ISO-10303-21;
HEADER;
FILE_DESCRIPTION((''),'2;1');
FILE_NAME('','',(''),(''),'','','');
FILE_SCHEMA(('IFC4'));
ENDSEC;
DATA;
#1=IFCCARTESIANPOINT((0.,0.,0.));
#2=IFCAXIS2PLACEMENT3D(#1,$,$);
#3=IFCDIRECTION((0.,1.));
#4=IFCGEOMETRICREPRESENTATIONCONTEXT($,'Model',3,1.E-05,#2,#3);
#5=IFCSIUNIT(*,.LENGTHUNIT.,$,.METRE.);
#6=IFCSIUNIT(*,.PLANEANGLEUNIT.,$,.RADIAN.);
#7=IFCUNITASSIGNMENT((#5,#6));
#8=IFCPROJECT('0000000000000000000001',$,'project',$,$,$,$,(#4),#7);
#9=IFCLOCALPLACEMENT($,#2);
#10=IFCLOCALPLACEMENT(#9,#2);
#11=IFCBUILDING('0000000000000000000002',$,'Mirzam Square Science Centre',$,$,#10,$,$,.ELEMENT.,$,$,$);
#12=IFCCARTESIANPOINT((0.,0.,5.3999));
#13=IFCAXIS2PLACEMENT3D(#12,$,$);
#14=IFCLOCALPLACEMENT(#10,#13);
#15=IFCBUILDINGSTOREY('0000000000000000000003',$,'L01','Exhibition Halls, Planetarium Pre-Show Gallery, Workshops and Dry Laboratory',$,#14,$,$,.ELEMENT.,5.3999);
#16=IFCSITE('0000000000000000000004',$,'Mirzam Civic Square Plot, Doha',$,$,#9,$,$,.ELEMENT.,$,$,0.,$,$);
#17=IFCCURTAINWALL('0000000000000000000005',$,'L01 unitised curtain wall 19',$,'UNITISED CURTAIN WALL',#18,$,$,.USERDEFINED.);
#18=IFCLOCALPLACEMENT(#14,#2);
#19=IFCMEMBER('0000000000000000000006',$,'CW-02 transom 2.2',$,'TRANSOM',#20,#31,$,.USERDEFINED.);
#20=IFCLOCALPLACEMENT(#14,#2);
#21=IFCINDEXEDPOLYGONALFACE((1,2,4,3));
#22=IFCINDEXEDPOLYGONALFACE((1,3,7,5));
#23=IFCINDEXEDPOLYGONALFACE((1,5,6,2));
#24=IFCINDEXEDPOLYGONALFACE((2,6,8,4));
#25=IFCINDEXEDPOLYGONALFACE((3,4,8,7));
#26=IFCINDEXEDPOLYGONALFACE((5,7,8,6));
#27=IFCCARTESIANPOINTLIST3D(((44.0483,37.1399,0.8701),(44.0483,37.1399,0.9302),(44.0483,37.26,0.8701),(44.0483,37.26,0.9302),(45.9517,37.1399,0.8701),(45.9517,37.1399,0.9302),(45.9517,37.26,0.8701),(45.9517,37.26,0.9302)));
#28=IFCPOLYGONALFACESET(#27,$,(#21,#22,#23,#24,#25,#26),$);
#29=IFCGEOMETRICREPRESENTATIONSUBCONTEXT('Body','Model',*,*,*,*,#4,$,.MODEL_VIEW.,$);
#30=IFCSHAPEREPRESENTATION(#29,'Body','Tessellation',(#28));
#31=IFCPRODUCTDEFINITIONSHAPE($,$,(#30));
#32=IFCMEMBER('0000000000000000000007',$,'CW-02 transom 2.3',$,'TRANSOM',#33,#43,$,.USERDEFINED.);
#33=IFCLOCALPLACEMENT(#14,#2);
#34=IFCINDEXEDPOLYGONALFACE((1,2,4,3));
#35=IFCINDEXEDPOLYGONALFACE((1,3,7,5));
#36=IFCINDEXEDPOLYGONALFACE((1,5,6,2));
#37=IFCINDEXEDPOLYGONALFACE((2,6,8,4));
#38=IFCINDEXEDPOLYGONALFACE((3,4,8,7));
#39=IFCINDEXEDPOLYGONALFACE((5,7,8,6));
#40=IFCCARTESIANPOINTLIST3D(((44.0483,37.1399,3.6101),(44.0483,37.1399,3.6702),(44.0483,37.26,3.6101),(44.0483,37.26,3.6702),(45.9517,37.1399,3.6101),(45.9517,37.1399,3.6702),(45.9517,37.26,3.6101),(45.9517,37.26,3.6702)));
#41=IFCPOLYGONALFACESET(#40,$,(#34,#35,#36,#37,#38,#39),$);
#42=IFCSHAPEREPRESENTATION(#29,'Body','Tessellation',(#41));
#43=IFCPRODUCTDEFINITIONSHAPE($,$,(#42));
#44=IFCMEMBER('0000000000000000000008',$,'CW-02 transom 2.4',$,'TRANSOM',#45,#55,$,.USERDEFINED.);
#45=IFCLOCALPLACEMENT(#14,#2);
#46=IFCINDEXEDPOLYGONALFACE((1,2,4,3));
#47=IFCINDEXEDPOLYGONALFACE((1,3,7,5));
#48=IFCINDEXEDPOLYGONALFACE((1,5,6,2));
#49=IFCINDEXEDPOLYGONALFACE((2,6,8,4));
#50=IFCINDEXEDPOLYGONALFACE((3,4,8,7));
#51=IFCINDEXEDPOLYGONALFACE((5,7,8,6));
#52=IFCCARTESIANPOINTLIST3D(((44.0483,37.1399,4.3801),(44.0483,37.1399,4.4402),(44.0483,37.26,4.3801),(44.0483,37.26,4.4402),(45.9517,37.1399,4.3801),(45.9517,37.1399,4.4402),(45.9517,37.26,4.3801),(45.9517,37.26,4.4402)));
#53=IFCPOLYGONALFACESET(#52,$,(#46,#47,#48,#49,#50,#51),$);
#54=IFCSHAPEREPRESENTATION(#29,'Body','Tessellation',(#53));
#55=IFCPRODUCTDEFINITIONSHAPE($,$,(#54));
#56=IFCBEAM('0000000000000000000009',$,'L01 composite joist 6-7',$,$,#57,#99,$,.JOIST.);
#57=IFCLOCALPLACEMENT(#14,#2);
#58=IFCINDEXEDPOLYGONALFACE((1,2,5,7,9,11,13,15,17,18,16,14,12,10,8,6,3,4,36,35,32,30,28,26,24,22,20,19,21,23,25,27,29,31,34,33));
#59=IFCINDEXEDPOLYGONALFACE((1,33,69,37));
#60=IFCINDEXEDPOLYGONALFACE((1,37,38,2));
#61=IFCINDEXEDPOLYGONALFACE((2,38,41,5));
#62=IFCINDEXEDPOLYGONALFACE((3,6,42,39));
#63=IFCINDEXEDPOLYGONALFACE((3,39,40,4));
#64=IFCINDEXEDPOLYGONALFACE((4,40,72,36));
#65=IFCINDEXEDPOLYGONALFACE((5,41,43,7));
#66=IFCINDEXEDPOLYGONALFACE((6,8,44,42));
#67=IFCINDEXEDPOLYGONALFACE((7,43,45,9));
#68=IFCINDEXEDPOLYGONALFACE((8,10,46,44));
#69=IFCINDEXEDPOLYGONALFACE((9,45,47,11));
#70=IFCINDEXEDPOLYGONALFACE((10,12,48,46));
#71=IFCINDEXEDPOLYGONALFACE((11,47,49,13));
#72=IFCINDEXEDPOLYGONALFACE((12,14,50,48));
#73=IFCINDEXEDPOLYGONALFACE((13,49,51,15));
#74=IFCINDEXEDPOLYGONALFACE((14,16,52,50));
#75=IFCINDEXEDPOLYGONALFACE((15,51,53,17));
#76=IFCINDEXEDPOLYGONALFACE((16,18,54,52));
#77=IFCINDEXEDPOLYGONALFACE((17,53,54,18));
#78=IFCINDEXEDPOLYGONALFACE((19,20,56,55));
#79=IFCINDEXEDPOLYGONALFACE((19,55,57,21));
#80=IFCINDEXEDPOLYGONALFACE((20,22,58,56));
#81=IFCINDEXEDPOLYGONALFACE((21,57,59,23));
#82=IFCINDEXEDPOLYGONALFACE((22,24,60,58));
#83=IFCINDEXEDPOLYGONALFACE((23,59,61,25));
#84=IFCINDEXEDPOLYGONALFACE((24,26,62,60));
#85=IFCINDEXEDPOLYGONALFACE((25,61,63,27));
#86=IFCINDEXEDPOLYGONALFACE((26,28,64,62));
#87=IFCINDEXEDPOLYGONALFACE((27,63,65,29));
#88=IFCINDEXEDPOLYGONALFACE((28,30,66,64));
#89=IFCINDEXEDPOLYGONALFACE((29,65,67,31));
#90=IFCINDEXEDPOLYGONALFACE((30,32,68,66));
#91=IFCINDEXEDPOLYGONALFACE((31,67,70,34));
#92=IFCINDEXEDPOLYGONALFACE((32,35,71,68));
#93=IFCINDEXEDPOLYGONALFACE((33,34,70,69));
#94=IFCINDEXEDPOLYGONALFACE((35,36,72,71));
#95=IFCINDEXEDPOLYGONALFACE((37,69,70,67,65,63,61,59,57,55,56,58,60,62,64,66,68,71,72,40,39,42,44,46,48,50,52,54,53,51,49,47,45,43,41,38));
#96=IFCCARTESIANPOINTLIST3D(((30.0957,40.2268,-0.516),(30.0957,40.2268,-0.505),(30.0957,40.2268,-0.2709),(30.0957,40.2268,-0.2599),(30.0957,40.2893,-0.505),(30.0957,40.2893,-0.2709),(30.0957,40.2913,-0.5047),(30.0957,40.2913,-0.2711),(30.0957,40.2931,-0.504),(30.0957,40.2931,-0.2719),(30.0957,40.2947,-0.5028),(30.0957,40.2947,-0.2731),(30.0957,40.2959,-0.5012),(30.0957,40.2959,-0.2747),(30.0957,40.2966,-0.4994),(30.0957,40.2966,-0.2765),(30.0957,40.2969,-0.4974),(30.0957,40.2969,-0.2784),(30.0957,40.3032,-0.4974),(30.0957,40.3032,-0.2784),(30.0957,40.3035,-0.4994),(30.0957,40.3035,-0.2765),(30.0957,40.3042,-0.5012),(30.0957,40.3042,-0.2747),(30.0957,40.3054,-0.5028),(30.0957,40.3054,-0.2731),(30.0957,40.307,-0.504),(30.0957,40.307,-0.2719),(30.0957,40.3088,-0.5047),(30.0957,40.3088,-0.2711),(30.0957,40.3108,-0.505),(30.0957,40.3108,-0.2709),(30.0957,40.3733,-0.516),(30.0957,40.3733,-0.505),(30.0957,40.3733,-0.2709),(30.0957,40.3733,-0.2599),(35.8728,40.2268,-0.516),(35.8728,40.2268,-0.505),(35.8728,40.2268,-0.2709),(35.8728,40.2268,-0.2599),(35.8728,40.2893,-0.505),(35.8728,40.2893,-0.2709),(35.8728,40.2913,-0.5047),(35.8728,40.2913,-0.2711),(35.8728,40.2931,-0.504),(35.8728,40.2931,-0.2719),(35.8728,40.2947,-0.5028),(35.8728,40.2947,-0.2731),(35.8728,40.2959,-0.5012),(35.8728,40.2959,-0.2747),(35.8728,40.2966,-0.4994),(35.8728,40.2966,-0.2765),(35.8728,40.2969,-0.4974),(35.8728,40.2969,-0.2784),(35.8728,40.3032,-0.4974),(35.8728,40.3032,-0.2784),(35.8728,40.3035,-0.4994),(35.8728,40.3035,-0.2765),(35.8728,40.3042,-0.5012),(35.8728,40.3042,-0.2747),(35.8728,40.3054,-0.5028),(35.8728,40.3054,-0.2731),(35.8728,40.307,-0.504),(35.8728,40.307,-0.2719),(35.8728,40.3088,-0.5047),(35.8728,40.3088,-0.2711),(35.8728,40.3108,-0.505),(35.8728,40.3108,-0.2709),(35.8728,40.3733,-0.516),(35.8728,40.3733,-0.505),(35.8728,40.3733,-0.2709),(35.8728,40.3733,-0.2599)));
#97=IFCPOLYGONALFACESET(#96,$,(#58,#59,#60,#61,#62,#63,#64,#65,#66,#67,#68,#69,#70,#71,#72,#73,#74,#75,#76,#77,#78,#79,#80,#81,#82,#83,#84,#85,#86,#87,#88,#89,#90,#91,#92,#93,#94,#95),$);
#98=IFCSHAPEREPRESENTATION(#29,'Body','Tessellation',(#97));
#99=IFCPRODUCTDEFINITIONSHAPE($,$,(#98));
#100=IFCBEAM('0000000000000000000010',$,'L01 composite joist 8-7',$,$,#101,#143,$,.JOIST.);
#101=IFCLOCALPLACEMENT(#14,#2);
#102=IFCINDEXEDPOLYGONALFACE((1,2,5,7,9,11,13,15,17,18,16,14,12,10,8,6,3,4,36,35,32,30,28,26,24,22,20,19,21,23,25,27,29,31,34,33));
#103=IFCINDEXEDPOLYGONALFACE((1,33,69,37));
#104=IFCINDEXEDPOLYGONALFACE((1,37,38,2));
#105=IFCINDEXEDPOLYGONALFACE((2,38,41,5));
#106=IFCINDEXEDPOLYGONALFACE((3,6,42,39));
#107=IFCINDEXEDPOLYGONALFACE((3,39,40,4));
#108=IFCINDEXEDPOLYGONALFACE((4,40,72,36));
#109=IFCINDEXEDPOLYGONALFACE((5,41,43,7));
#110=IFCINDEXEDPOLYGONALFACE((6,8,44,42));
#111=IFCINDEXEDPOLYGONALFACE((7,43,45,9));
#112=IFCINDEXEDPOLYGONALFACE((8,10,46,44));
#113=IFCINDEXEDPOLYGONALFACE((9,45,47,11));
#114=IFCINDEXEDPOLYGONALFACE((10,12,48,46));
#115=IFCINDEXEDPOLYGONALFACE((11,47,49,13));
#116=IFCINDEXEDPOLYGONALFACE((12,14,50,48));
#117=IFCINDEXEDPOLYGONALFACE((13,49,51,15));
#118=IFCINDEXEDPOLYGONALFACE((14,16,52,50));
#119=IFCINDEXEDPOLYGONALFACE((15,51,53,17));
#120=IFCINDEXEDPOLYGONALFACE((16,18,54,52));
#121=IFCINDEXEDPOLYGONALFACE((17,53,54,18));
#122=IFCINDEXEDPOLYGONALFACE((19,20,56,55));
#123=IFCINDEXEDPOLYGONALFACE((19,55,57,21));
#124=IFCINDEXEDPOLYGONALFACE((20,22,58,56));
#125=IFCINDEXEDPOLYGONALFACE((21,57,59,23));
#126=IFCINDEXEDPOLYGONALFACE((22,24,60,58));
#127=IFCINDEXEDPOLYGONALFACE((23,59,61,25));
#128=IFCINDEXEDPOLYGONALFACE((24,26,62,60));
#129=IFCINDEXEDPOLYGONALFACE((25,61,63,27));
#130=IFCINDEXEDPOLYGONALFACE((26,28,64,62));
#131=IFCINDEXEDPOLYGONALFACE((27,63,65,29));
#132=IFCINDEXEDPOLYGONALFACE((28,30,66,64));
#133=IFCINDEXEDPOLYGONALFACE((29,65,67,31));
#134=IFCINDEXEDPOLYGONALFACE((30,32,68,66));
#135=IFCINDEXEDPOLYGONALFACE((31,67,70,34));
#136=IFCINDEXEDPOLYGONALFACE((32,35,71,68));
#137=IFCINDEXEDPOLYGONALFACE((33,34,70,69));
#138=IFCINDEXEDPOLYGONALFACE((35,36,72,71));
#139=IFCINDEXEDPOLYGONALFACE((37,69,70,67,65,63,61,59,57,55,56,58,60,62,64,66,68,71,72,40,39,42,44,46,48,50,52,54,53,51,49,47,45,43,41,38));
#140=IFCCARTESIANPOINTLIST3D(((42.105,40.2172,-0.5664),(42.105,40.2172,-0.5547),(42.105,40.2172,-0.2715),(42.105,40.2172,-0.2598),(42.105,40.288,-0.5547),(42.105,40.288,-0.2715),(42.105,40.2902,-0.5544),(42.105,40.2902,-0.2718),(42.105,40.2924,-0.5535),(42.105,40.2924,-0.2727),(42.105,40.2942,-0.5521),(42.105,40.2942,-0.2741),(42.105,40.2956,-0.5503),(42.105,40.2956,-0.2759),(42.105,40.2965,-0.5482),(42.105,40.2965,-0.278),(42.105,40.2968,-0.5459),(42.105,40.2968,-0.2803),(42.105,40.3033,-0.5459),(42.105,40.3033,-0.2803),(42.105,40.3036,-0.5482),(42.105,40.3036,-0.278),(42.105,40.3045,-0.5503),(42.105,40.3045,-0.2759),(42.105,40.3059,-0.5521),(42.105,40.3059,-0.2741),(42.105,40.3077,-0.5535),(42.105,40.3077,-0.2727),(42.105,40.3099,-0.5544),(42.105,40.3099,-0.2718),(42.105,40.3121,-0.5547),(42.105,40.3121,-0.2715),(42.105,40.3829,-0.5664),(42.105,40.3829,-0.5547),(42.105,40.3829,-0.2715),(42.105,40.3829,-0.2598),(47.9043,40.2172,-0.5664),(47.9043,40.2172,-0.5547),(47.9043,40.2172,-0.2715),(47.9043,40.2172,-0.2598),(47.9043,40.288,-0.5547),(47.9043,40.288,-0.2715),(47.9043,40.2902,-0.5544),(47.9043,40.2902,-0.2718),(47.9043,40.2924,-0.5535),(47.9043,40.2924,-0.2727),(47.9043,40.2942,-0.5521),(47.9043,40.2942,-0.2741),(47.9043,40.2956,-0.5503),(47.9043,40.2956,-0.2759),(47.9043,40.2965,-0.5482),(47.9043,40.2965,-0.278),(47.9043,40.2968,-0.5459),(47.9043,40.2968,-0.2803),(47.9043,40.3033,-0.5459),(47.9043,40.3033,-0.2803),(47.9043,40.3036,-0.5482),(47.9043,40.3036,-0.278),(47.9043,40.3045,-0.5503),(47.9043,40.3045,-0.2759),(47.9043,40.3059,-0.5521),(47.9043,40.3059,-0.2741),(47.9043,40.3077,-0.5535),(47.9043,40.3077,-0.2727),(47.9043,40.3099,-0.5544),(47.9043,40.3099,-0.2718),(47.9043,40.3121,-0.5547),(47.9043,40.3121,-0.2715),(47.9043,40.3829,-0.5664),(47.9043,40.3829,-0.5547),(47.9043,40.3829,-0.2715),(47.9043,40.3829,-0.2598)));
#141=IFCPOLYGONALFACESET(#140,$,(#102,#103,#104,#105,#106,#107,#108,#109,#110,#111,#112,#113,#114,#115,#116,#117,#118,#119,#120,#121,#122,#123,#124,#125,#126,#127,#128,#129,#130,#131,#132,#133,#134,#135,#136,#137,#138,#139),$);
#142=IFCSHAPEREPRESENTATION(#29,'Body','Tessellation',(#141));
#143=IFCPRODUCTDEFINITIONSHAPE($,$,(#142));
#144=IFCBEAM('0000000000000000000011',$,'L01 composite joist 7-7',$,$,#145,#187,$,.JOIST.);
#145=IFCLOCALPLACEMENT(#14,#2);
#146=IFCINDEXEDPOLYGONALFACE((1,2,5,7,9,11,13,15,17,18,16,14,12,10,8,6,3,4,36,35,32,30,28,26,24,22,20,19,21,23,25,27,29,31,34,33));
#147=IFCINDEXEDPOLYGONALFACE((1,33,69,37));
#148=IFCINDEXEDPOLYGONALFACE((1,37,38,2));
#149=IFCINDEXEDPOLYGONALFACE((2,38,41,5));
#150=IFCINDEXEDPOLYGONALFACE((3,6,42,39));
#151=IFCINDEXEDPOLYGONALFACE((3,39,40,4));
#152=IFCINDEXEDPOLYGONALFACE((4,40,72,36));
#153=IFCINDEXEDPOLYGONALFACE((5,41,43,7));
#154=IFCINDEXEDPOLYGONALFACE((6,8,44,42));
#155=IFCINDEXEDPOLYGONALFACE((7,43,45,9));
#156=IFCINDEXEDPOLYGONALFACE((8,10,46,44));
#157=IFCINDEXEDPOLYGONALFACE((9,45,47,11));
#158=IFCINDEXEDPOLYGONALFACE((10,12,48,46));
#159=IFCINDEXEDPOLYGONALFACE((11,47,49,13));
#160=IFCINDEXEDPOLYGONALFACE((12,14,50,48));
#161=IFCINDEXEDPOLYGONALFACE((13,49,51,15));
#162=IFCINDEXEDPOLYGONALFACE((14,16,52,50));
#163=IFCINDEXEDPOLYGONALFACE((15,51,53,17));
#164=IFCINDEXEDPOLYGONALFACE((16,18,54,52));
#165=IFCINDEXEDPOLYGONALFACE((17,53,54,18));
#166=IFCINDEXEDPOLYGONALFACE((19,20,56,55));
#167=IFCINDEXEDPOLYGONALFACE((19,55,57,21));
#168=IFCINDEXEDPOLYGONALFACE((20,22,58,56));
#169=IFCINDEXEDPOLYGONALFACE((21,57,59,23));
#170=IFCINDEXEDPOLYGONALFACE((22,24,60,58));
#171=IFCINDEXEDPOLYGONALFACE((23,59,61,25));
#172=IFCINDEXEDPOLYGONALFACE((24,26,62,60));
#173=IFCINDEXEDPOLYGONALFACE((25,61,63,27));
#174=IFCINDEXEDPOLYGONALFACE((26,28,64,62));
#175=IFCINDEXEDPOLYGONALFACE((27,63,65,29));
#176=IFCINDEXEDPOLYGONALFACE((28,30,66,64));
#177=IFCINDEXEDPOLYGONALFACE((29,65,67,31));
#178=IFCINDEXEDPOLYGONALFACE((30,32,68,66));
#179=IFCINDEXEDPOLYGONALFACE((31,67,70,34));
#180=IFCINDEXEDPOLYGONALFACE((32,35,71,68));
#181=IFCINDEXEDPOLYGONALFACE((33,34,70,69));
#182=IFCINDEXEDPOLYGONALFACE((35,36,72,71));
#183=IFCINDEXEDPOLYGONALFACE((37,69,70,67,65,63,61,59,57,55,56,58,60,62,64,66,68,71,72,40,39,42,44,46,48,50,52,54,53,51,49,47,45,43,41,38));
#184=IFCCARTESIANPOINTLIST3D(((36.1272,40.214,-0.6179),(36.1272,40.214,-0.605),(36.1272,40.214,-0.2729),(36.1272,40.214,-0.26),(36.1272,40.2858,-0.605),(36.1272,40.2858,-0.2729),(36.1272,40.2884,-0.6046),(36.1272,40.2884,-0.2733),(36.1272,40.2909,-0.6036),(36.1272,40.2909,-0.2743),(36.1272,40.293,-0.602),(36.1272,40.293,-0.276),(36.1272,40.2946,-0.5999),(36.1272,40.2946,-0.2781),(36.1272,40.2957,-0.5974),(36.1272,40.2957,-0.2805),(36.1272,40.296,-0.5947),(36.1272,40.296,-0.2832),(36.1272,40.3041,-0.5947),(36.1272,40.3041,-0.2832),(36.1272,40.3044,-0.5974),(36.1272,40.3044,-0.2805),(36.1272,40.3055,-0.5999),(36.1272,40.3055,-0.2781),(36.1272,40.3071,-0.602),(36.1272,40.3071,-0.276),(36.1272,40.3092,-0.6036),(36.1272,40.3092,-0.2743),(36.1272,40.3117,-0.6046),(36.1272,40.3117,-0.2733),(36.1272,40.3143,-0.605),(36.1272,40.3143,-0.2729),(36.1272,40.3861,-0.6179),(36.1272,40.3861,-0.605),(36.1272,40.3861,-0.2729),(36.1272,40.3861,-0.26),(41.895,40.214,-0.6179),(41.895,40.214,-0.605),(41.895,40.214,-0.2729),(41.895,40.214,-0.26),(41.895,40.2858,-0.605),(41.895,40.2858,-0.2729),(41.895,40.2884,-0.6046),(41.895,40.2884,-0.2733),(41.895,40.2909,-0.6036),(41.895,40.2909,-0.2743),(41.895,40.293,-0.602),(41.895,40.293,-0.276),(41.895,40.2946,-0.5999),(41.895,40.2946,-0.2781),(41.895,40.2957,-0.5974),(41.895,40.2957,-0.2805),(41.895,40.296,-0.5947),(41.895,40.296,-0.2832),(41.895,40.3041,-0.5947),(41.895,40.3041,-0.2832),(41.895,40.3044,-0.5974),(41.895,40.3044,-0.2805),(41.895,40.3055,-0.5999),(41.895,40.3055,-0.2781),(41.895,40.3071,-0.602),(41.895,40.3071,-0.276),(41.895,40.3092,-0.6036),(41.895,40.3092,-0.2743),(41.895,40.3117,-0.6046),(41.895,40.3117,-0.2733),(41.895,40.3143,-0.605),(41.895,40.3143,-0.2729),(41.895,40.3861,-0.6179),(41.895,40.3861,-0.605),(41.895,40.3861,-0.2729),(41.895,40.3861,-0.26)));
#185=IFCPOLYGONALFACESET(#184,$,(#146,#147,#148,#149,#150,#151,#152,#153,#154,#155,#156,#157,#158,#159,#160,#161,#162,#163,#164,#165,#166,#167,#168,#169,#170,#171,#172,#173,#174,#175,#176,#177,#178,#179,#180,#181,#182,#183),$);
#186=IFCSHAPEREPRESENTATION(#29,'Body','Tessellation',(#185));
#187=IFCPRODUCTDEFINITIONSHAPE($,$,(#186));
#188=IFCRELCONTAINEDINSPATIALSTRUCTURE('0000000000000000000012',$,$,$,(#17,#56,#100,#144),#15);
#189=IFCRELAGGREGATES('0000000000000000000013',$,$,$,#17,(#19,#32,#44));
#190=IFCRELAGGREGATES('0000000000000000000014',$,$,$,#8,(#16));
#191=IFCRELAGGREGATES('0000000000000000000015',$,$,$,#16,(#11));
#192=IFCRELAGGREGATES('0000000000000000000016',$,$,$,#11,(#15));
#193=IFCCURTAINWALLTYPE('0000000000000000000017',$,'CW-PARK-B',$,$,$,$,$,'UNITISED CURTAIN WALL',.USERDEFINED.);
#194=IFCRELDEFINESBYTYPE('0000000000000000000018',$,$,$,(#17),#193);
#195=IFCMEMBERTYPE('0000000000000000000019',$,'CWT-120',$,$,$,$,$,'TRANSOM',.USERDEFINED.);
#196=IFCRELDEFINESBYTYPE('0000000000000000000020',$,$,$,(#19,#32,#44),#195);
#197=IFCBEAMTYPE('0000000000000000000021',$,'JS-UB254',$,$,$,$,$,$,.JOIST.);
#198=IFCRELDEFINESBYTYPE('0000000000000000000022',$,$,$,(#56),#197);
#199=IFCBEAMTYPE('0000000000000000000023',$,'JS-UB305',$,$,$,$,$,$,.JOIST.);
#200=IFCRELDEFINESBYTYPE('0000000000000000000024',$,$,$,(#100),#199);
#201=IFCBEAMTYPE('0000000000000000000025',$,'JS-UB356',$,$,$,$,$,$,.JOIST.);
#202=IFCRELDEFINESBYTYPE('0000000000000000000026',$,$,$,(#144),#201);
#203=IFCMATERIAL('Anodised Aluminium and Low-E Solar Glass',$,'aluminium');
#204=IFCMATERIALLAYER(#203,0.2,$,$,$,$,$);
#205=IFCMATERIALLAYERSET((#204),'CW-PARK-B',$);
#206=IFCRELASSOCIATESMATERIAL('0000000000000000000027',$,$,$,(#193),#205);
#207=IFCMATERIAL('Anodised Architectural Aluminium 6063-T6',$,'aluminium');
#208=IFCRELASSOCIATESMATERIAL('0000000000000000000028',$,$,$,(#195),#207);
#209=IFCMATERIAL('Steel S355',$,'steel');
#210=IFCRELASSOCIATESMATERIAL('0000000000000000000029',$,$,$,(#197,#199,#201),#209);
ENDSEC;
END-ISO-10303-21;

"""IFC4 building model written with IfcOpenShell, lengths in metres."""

from ifc_helpers import new_model, si_unit, direction, frame, origin, origin_2d, place, context, subcontext, project, spatial, rectangle, i_section, extrude, material, layer, layer_set, material_profile, profile_set, type_object, element, aggregate, save


model = new_model("IFC4")

# Units and contexts
model_context = context("Model", 3, precision=1e-05, world=origin(), true_north=direction((0.0, 1.0)))
body_context = subcontext(model_context, "Body", "Model", "MODEL_VIEW")
ifc_project = project(units=[si_unit("LENGTHUNIT", "METRE"), si_unit("PLANEANGLEUNIT", "RADIAN")], contexts=[model_context])

# Site, building, storey
site_placement = place(None, origin())
site = spatial("IfcSite", under=ifc_project, at=site_placement, Name="Mirzam Civic Square Plot, Doha", CompositionType="ELEMENT", RefElevation=0.0)
building_placement = place(site_placement, origin())
building = spatial("IfcBuilding", under=site, at=building_placement, Name="Mirzam Square Science Centre", CompositionType="ELEMENT")
storey_placement = place(building_placement, frame((0.0, 0.0, 5.3999)))
storey = spatial("IfcBuildingStorey", under=building, at=storey_placement, Name="L01", Description="Exhibition Halls, Planetarium Pre-Show Gallery, Workshops and Dry Laboratory", CompositionType="ELEMENT", Elevation=5.3999)

# Shared definitions
ifc_material_1 = material(Name="Steel S355", Category="steel")

# Curtain wall, members
ifc_material_2 = material(Name="Anodised Aluminium and Low-E Solar Glass", Category="aluminium")
ifc_layer_1 = layer(ifc_material_2, 0.2)
ifc_layer_set_1 = layer_set([ifc_layer_1], Name="CW-PARK-B")
curtain_wall_type = type_object("IfcCurtainWallType", Name="CW-PARK-B", ElementType="UNITISED CURTAIN WALL", PredefinedType="USERDEFINED", material=ifc_layer_set_1)
curtain_wall_placement = place(storey_placement, origin())
curtain_wall = element("IfcCurtainWall", 1, at=curtain_wall_placement, inside=storey, type_object=curtain_wall_type, Name="L01 unitised curtain wall 19", ObjectType="UNITISED CURTAIN WALL", PredefinedType="USERDEFINED")
ifc_material_3 = material(Name="Anodised Architectural Aluminium 6063-T6", Category="aluminium")
ifc_material_profile_1 = material_profile(ifc_material_3, rectangle(XDim=0.1201, YDim=0.0601, at=origin_2d()), Name="ALU-TRAN-120x60x4")
ifc_profile_set_1 = profile_set([ifc_material_profile_1], Name="Anodised Architectural Aluminium 6063-T6")
member_type_1 = type_object("IfcMemberType", Name="CWT-120", ElementType="TRANSOM", PredefinedType="USERDEFINED", material=ifc_profile_set_1)
member_1_placement = place(storey_placement, frame((44.0483, 37.2, 0.9001), z_axis=(1.0, 0.0, 0.0), x_axis=(0.0, 1.0, 0.0)))
member_1 = element("IfcMember", 2, at=member_1_placement, type_object=member_type_1, Name="CW-02 transom 2.2", ObjectType="TRANSOM", PredefinedType="USERDEFINED", context=body_context, shape_type="SweptSolid", body=[
    extrude(rectangle(XDim=0.1201, YDim=0.0601, at=origin_2d()), origin(), (0.0, 0.0, 1.0), 1.9033),
])
member_2_placement = place(storey_placement, frame((44.0483, 37.2, 3.6401), z_axis=(1.0, 0.0, 0.0), x_axis=(0.0, 1.0, 0.0)))
member_2 = element("IfcMember", 3, at=member_2_placement, type_object=member_type_1, Name="CW-02 transom 2.3", ObjectType="TRANSOM", PredefinedType="USERDEFINED", context=body_context, shape_type="SweptSolid", body=[
    extrude(rectangle(XDim=0.1201, YDim=0.0601, at=origin_2d()), origin(), (0.0, 0.0, 1.0), 1.9033),
])
member_3_placement = place(storey_placement, frame((44.0483, 37.2, 4.4102), z_axis=(1.0, 0.0, 0.0), x_axis=(0.0, 1.0, 0.0)))
member_3 = element("IfcMember", 4, at=member_3_placement, type_object=member_type_1, Name="CW-02 transom 2.4", ObjectType="TRANSOM", PredefinedType="USERDEFINED", context=body_context, shape_type="SweptSolid", body=[
    extrude(rectangle(XDim=0.1201, YDim=0.0601, at=origin_2d()), origin(), (0.0, 0.0, 1.0), 1.9033),
])

# Beams
ifc_material_profile_2 = material_profile(ifc_material_1, i_section(OverallWidth=0.1465, OverallDepth=0.2561, WebThickness=0.0063, FlangeThickness=0.011, FilletRadius=0.0076, at=origin_2d()), Name="254x146x37UB")
ifc_profile_set_2 = profile_set([ifc_material_profile_2], Name="Steel S355")
beam_type_1 = type_object("IfcBeamType", Name="JS-UB254", PredefinedType="JOIST", material=ifc_profile_set_2)
beam_1_placement = place(storey_placement, frame((30.0957, 40.3, -0.3879), z_axis=(1.0, 0.0, 0.0), x_axis=(0.0, 1.0, 0.0)))
element("IfcBeam", 5, at=beam_1_placement, inside=storey, type_object=beam_type_1, Name="L01 composite joist 6-7", PredefinedType="JOIST", context=body_context, shape_type="SweptSolid", body=[
    extrude(i_section(OverallWidth=0.1465, OverallDepth=0.2561, WebThickness=0.0063, FlangeThickness=0.011, FilletRadius=0.0076, at=origin_2d()), origin(), (0.0, 0.0, 1.0), 5.7771),
])
ifc_material_profile_3 = material_profile(ifc_material_1, i_section(OverallWidth=0.1658, OverallDepth=0.3066, WebThickness=0.0066, FlangeThickness=0.0117, FilletRadius=0.0088, at=origin_2d()), Name="305x165x46UB")
ifc_profile_set_3 = profile_set([ifc_material_profile_3], Name="Steel S355")
beam_type_2 = type_object("IfcBeamType", Name="JS-UB305", PredefinedType="JOIST", material=ifc_profile_set_3)
beam_2_placement = place(storey_placement, frame((42.105, 40.3, -0.4131), z_axis=(1.0, 0.0, 0.0), x_axis=(0.0, 1.0, 0.0)))
element("IfcBeam", 6, at=beam_2_placement, inside=storey, type_object=beam_type_2, Name="L01 composite joist 8-7", PredefinedType="JOIST", context=body_context, shape_type="SweptSolid", body=[
    extrude(i_section(OverallWidth=0.1658, OverallDepth=0.3066, WebThickness=0.0066, FlangeThickness=0.0117, FilletRadius=0.0088, at=origin_2d()), origin(), (0.0, 0.0, 1.0), 5.7993),
])
ifc_material_profile_4 = material_profile(ifc_material_1, i_section(OverallWidth=0.1721, OverallDepth=0.3579, WebThickness=0.0081, FlangeThickness=0.0129, FilletRadius=0.0103, at=origin_2d()), Name="356x171x57UB")
ifc_profile_set_4 = profile_set([ifc_material_profile_4], Name="Steel S355")
beam_type_3 = type_object("IfcBeamType", Name="JS-UB356", PredefinedType="JOIST", material=ifc_profile_set_4)
beam_3_placement = place(storey_placement, frame((36.1272, 40.3, -0.439), z_axis=(1.0, 0.0, 0.0), x_axis=(0.0, 1.0, 0.0)))
element("IfcBeam", 7, at=beam_3_placement, inside=storey, type_object=beam_type_3, Name="L01 composite joist 7-7", PredefinedType="JOIST", context=body_context, shape_type="SweptSolid", body=[
    extrude(i_section(OverallWidth=0.1721, OverallDepth=0.3579, WebThickness=0.0081, FlangeThickness=0.0129, FilletRadius=0.0103, at=origin_2d()), origin(), (0.0, 0.0, 1.0), 5.7678),
])

aggregate(curtain_wall, [member_1, member_2, member_3])

save(model, "model.ifc")
